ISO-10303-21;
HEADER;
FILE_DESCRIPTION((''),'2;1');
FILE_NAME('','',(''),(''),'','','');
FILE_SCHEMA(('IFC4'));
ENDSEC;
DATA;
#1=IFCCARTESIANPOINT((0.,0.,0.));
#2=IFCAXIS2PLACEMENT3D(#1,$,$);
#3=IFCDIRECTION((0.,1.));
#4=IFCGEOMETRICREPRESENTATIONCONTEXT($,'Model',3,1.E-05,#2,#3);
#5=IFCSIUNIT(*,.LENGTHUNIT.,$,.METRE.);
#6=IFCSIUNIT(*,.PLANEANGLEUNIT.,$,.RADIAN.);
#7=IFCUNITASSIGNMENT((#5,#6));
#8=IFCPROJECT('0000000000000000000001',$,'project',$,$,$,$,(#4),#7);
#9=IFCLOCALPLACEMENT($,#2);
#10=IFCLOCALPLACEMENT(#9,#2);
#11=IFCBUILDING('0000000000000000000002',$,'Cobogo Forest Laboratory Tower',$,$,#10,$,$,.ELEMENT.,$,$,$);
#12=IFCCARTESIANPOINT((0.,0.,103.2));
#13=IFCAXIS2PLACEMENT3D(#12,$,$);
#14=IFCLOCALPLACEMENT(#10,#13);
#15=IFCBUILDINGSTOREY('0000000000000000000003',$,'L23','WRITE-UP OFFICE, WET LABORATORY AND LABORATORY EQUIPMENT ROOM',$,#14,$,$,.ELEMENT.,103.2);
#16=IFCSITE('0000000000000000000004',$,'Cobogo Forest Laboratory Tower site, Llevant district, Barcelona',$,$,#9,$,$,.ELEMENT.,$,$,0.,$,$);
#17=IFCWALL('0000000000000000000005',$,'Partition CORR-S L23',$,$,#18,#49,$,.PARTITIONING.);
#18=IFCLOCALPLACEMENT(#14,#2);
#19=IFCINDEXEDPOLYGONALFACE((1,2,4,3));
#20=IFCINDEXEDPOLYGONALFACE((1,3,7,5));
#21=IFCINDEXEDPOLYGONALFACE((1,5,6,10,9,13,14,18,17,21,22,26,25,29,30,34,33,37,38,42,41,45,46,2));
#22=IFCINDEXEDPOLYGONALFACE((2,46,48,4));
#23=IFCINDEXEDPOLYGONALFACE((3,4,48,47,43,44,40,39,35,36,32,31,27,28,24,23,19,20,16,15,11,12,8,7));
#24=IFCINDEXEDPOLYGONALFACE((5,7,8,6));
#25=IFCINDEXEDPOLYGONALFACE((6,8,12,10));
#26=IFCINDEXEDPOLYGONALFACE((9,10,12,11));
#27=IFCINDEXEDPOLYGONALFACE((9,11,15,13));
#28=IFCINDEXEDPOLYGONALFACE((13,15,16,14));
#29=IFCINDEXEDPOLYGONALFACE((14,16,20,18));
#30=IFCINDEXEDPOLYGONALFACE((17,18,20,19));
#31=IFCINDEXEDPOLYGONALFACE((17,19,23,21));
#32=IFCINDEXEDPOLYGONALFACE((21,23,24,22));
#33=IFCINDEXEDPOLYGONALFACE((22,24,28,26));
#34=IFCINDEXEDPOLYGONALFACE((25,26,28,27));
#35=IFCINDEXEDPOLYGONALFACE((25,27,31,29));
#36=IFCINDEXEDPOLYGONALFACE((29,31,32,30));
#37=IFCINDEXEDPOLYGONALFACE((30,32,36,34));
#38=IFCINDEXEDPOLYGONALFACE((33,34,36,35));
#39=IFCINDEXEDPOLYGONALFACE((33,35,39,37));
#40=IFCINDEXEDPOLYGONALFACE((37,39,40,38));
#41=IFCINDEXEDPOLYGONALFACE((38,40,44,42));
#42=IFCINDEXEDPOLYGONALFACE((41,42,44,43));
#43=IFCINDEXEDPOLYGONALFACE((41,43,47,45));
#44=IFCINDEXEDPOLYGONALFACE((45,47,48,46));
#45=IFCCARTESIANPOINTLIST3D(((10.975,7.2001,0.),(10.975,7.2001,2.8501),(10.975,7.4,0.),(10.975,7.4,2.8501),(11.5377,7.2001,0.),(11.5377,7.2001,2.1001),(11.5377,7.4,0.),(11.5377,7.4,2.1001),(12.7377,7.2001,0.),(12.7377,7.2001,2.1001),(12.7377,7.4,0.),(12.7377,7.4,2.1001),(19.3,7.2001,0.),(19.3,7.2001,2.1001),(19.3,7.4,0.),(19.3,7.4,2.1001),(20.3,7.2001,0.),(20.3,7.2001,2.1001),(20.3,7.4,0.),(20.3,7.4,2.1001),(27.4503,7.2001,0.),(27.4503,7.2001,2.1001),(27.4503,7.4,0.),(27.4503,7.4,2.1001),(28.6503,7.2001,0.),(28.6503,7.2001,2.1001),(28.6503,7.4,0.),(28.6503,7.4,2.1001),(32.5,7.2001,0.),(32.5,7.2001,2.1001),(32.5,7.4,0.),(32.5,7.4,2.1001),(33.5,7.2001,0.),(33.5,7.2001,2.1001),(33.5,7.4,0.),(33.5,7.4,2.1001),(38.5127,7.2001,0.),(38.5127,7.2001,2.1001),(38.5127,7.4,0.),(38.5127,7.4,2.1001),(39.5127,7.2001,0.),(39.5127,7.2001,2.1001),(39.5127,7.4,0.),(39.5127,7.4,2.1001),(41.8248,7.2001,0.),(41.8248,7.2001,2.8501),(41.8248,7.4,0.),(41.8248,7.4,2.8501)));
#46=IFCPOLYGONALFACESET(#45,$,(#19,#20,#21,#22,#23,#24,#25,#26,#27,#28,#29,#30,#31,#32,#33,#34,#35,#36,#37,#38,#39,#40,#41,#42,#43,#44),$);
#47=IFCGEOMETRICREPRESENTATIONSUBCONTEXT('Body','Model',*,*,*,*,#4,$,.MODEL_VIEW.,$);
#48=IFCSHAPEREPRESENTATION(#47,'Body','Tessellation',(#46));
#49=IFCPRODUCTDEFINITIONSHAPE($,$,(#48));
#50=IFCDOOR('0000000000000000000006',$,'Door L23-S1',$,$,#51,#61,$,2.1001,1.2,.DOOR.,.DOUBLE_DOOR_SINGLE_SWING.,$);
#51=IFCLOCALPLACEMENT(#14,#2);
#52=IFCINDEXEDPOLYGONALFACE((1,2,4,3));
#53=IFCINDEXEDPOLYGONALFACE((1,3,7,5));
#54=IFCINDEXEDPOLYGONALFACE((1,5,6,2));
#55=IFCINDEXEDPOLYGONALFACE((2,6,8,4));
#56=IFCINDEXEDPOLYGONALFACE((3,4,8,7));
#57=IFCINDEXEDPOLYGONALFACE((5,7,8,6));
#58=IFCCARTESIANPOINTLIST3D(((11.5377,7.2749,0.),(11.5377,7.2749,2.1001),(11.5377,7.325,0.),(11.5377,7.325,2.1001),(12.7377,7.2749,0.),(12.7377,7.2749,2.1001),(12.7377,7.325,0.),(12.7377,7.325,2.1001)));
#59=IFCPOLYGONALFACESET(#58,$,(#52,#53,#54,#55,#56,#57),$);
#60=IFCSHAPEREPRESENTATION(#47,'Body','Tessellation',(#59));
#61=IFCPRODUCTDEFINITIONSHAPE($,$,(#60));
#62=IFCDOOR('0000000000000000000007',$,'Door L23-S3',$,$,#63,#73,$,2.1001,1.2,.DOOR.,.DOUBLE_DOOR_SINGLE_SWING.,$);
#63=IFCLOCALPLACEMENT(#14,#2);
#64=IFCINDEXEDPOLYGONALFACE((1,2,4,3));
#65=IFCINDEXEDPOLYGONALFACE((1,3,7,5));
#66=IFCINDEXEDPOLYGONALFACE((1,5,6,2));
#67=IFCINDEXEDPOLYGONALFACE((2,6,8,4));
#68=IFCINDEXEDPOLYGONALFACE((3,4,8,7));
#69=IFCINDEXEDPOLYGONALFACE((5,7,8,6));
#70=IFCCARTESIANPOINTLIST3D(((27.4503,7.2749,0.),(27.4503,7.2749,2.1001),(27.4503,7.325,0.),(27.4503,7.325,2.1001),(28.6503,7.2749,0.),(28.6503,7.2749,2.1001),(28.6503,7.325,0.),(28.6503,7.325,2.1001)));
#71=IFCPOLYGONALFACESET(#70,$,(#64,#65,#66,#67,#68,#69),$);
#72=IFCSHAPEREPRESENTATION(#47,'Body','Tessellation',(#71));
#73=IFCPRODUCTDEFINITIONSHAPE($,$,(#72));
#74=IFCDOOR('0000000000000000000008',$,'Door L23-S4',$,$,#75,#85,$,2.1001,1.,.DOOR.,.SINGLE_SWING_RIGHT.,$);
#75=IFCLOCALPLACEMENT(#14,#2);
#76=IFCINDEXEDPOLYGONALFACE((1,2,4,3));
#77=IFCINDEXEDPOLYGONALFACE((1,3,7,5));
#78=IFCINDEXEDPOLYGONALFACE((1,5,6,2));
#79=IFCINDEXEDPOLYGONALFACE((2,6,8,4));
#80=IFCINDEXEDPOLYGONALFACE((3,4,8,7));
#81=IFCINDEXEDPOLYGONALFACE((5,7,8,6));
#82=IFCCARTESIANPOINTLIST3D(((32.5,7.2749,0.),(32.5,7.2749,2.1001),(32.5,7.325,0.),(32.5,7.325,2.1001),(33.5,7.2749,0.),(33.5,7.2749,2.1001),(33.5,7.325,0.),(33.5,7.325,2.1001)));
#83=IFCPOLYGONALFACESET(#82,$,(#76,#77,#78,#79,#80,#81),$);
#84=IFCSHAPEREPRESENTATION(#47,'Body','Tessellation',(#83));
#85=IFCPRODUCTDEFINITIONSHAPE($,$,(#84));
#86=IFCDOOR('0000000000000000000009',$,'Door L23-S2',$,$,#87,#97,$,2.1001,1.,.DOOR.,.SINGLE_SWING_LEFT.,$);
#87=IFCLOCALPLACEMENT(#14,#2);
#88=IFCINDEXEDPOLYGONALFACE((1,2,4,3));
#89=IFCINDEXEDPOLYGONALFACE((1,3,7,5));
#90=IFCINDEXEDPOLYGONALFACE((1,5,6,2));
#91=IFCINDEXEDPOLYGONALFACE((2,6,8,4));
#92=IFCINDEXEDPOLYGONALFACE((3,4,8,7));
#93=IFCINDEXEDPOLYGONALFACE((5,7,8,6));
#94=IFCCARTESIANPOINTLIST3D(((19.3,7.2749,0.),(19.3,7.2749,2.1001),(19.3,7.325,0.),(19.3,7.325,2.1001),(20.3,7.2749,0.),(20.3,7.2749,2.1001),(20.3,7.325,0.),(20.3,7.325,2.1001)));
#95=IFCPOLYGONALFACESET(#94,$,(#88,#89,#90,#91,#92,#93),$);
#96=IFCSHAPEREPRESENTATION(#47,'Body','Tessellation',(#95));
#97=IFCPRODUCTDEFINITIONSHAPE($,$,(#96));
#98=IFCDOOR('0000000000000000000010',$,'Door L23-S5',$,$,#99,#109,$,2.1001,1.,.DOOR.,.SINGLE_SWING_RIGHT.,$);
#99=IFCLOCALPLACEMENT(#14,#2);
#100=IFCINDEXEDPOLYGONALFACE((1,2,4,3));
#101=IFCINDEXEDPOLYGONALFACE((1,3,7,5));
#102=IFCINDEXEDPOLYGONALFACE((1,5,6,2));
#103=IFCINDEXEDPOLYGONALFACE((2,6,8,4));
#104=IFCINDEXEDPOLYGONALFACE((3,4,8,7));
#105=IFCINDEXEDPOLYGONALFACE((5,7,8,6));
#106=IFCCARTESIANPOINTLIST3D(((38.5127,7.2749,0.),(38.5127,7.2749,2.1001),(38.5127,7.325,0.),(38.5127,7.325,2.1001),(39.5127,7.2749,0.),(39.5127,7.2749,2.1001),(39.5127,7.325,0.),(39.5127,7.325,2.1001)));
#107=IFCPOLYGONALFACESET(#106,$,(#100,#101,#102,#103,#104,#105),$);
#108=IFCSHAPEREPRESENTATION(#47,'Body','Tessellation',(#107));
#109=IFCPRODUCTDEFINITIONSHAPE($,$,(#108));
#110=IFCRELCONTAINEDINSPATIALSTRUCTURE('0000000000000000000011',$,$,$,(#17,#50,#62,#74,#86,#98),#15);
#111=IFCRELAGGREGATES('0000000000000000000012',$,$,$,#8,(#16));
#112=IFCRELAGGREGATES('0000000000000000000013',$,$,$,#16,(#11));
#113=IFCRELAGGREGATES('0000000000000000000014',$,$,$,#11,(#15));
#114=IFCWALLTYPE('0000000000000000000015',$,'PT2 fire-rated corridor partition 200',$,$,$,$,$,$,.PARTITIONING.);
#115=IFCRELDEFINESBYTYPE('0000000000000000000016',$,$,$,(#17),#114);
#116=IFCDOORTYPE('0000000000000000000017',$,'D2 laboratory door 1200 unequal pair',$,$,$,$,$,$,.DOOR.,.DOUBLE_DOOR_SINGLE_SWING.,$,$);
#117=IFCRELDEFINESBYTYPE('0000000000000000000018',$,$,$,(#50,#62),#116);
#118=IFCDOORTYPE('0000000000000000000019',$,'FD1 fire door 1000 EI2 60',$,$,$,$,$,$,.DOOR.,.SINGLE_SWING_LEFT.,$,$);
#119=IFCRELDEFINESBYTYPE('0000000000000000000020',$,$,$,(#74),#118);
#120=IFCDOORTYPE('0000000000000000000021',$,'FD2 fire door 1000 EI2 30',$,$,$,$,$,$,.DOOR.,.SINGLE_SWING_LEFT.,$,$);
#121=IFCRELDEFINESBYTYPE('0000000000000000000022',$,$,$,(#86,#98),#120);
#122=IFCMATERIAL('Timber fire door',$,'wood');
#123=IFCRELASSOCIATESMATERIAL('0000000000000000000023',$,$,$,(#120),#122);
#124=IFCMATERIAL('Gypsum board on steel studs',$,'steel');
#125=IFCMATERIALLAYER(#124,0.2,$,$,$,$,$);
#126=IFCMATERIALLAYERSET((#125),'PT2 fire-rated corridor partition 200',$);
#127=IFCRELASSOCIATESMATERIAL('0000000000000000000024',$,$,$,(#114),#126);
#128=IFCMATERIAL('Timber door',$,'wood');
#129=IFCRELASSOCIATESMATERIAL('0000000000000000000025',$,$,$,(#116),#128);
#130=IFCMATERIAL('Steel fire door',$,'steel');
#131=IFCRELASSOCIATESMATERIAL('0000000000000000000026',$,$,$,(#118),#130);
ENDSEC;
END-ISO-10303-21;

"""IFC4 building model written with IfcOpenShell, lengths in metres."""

from ifc_helpers import new_model, si_unit, direction, frame, frame_2d, origin, place, context, subcontext, project, spatial, rectangle, extrude, material, layer, layer_set, type_object, element, fill, save


model = new_model("IFC4")

# Units and contexts
model_context = context("Model", 3, precision=1e-05, world=origin(), true_north=direction((0.0, 1.0)))
body_context = subcontext(model_context, "Body", "Model", "MODEL_VIEW")
ifc_project = project(units=[si_unit("LENGTHUNIT", "METRE"), si_unit("PLANEANGLEUNIT", "RADIAN")], contexts=[model_context])

# Site, building, storey
site_placement = place(None, origin())
site = spatial("IfcSite", under=ifc_project, at=site_placement, Name="Cobogo Forest Laboratory Tower site, Llevant district, Barcelona", CompositionType="ELEMENT", RefElevation=0.0)
building_placement = place(site_placement, origin())
building = spatial("IfcBuilding", under=site, at=building_placement, Name="Cobogo Forest Laboratory Tower", CompositionType="ELEMENT")
storey_placement = place(building_placement, frame((0.0, 0.0, 103.2)))
storey = spatial("IfcBuildingStorey", under=building, at=storey_placement, Name="L23", Description="WRITE-UP OFFICE, WET LABORATORY AND LABORATORY EQUIPMENT ROOM", CompositionType="ELEMENT", Elevation=103.2)

# Shared definitions
ifc_material_1 = material(Name="Gypsum board on steel studs", Category="steel")
ifc_material_2 = material(Name="Timber fire door", Category="wood")
door_type_1 = type_object("IfcDoorType", Name="FD2 fire door 1000 EI2 30", OperationType="SINGLE_SWING_LEFT", PredefinedType="DOOR", material=ifc_material_2)

# Wall, openings, doors
ifc_layer_1 = layer(ifc_material_1, 0.2)
ifc_layer_set_1 = layer_set([ifc_layer_1], Name="PT2 fire-rated corridor partition 200")
wall_type_1 = type_object("IfcWallType", Name="PT2 fire-rated corridor partition 200", PredefinedType="PARTITIONING", material=ifc_layer_set_1)
wall_1_placement = place(storey_placement, frame((10.9751, 7.3, 0.0), z_axis=(0.0, 0.0, 1.0), x_axis=(1.0, 0.0, 0.0)))
wall_1 = element("IfcWall", 1, at=wall_1_placement, inside=storey, type_object=wall_type_1, Name="Partition CORR-S L23", PredefinedType="PARTITIONING", context=body_context, shape_type="SweptSolid", body=[
    extrude(rectangle(XDim=30.8499, YDim=0.2, at=frame_2d((15.4248, 0.0))), origin(), (0.0, 0.0, 1.0), 2.8501),
])
opening_1_placement = place(wall_1_placement, frame((0.5625, 0.0, 0.0)))
opening_1 = element("IfcOpeningElement", 2, at=opening_1_placement, cuts=wall_1, PredefinedType="OPENING", context=body_context, shape_type="SweptSolid", body=[
    extrude(rectangle(XDim=1.2, YDim=2.1001, at=frame_2d((0.6001, 1.05))), frame((0.0, 0.1099, 0.0), z_axis=(0.0, -1.0, 0.0), x_axis=(1.0, 0.0, 0.0)), (0.0, 0.0, 1.0), 0.22),
])
opening_2_placement = place(wall_1_placement, frame((8.325, 0.0, 0.0)))
opening_2 = element("IfcOpeningElement", 3, at=opening_2_placement, cuts=wall_1, PredefinedType="OPENING", context=body_context, shape_type="SweptSolid", body=[
    extrude(rectangle(XDim=1.0, YDim=2.1001, at=frame_2d((0.5, 1.05))), frame((0.0, 0.1099, 0.0), z_axis=(0.0, -1.0, 0.0), x_axis=(1.0, 0.0, 0.0)), (0.0, 0.0, 1.0), 0.22),
])
opening_3_placement = place(wall_1_placement, frame((16.4751, 0.0, 0.0)))
opening_3 = element("IfcOpeningElement", 4, at=opening_3_placement, cuts=wall_1, PredefinedType="OPENING", context=body_context, shape_type="SweptSolid", body=[
    extrude(rectangle(XDim=1.2, YDim=2.1001, at=frame_2d((0.6001, 1.05))), frame((0.0, 0.1099, 0.0), z_axis=(0.0, -1.0, 0.0), x_axis=(1.0, 0.0, 0.0)), (0.0, 0.0, 1.0), 0.22),
])
opening_4_placement = place(wall_1_placement, frame((21.5249, 0.0, 0.0)))
opening_4 = element("IfcOpeningElement", 5, at=opening_4_placement, cuts=wall_1, PredefinedType="OPENING", context=body_context, shape_type="SweptSolid", body=[
    extrude(rectangle(XDim=1.0, YDim=2.1001, at=frame_2d((0.5, 1.05))), frame((0.0, 0.1099, 0.0), z_axis=(0.0, -1.0, 0.0), x_axis=(1.0, 0.0, 0.0)), (0.0, 0.0, 1.0), 0.22),
])
opening_5_placement = place(wall_1_placement, frame((27.5376, 0.0, 0.0)))
opening_5 = element("IfcOpeningElement", 6, at=opening_5_placement, cuts=wall_1, PredefinedType="OPENING", context=body_context, shape_type="SweptSolid", body=[
    extrude(rectangle(XDim=1.0, YDim=2.1001, at=frame_2d((0.5, 1.05))), frame((0.0, 0.1099, 0.0), z_axis=(0.0, -1.0, 0.0), x_axis=(1.0, 0.0, 0.0)), (0.0, 0.0, 1.0), 0.22),
])
ifc_material_3 = material(Name="Timber door", Category="wood")
door_type_2 = type_object("IfcDoorType", Name="D2 laboratory door 1200 unequal pair", OperationType="DOUBLE_DOOR_SINGLE_SWING", PredefinedType="DOOR", material=ifc_material_3)
door_1_placement = place(opening_1_placement, origin())
door_1 = element("IfcDoor", 7, at=door_1_placement, inside=storey, type_object=door_type_2, Name="Door L23-S1", OperationType="DOUBLE_DOOR_SINGLE_SWING", OverallHeight=2.1001, OverallWidth=1.2, PredefinedType="DOOR", context=body_context, shape_type="SweptSolid", body=[
    extrude(rectangle(XDim=1.2, YDim=2.1001, at=frame_2d((0.6001, 1.05))), frame((0.0, 0.0249, 0.0), z_axis=(0.0, -1.0, 0.0), x_axis=(1.0, 0.0, 0.0)), (0.0, 0.0, 1.0), 0.05),
])
fill(opening_1, door_1)
door_2_placement = place(opening_3_placement, origin())
door_2 = element("IfcDoor", 8, at=door_2_placement, inside=storey, type_object=door_type_2, Name="Door L23-S3", OperationType="DOUBLE_DOOR_SINGLE_SWING", OverallHeight=2.1001, OverallWidth=1.2, PredefinedType="DOOR", context=body_context, shape_type="SweptSolid", body=[
    extrude(rectangle(XDim=1.2, YDim=2.1001, at=frame_2d((0.6001, 1.05))), frame((0.0, 0.0249, 0.0), z_axis=(0.0, -1.0, 0.0), x_axis=(1.0, 0.0, 0.0)), (0.0, 0.0, 1.0), 0.05),
])
fill(opening_3, door_2)
ifc_material_4 = material(Name="Steel fire door", Category="steel")
door_type_3 = type_object("IfcDoorType", Name="FD1 fire door 1000 EI2 60", OperationType="SINGLE_SWING_LEFT", PredefinedType="DOOR", material=ifc_material_4)
door_3_placement = place(opening_4_placement, origin())
door_3 = element("IfcDoor", 9, at=door_3_placement, inside=storey, type_object=door_type_3, Name="Door L23-S4", OperationType="SINGLE_SWING_RIGHT", OverallHeight=2.1001, OverallWidth=1.0, PredefinedType="DOOR", context=body_context, shape_type="SweptSolid", body=[
    extrude(rectangle(XDim=1.0, YDim=2.1001, at=frame_2d((0.5, 1.05))), frame((0.0, 0.0249, 0.0), z_axis=(0.0, -1.0, 0.0), x_axis=(1.0, 0.0, 0.0)), (0.0, 0.0, 1.0), 0.05),
])
fill(opening_4, door_3)
door_4_placement = place(opening_2_placement, origin())
door_4 = element("IfcDoor", 10, at=door_4_placement, inside=storey, type_object=door_type_1, Name="Door L23-S2", OperationType="SINGLE_SWING_LEFT", OverallHeight=2.1001, OverallWidth=1.0, PredefinedType="DOOR", context=body_context, shape_type="SweptSolid", body=[
    extrude(rectangle(XDim=1.0, YDim=2.1001, at=frame_2d((0.5, 1.05))), frame((0.0, 0.0249, 0.0), z_axis=(0.0, -1.0, 0.0), x_axis=(1.0, 0.0, 0.0)), (0.0, 0.0, 1.0), 0.05),
])
fill(opening_2, door_4)
door_5_placement = place(opening_5_placement, origin())
door_5 = element("IfcDoor", 11, at=door_5_placement, inside=storey, type_object=door_type_1, Name="Door L23-S5", OperationType="SINGLE_SWING_RIGHT", OverallHeight=2.1001, OverallWidth=1.0, PredefinedType="DOOR", context=body_context, shape_type="SweptSolid", body=[
    extrude(rectangle(XDim=1.0, YDim=2.1001, at=frame_2d((0.5, 1.05))), frame((0.0, 0.0249, 0.0), z_axis=(0.0, -1.0, 0.0), x_axis=(1.0, 0.0, 0.0)), (0.0, 0.0, 1.0), 0.05),
])
fill(opening_5, door_5)

save(model, "model.ifc")
